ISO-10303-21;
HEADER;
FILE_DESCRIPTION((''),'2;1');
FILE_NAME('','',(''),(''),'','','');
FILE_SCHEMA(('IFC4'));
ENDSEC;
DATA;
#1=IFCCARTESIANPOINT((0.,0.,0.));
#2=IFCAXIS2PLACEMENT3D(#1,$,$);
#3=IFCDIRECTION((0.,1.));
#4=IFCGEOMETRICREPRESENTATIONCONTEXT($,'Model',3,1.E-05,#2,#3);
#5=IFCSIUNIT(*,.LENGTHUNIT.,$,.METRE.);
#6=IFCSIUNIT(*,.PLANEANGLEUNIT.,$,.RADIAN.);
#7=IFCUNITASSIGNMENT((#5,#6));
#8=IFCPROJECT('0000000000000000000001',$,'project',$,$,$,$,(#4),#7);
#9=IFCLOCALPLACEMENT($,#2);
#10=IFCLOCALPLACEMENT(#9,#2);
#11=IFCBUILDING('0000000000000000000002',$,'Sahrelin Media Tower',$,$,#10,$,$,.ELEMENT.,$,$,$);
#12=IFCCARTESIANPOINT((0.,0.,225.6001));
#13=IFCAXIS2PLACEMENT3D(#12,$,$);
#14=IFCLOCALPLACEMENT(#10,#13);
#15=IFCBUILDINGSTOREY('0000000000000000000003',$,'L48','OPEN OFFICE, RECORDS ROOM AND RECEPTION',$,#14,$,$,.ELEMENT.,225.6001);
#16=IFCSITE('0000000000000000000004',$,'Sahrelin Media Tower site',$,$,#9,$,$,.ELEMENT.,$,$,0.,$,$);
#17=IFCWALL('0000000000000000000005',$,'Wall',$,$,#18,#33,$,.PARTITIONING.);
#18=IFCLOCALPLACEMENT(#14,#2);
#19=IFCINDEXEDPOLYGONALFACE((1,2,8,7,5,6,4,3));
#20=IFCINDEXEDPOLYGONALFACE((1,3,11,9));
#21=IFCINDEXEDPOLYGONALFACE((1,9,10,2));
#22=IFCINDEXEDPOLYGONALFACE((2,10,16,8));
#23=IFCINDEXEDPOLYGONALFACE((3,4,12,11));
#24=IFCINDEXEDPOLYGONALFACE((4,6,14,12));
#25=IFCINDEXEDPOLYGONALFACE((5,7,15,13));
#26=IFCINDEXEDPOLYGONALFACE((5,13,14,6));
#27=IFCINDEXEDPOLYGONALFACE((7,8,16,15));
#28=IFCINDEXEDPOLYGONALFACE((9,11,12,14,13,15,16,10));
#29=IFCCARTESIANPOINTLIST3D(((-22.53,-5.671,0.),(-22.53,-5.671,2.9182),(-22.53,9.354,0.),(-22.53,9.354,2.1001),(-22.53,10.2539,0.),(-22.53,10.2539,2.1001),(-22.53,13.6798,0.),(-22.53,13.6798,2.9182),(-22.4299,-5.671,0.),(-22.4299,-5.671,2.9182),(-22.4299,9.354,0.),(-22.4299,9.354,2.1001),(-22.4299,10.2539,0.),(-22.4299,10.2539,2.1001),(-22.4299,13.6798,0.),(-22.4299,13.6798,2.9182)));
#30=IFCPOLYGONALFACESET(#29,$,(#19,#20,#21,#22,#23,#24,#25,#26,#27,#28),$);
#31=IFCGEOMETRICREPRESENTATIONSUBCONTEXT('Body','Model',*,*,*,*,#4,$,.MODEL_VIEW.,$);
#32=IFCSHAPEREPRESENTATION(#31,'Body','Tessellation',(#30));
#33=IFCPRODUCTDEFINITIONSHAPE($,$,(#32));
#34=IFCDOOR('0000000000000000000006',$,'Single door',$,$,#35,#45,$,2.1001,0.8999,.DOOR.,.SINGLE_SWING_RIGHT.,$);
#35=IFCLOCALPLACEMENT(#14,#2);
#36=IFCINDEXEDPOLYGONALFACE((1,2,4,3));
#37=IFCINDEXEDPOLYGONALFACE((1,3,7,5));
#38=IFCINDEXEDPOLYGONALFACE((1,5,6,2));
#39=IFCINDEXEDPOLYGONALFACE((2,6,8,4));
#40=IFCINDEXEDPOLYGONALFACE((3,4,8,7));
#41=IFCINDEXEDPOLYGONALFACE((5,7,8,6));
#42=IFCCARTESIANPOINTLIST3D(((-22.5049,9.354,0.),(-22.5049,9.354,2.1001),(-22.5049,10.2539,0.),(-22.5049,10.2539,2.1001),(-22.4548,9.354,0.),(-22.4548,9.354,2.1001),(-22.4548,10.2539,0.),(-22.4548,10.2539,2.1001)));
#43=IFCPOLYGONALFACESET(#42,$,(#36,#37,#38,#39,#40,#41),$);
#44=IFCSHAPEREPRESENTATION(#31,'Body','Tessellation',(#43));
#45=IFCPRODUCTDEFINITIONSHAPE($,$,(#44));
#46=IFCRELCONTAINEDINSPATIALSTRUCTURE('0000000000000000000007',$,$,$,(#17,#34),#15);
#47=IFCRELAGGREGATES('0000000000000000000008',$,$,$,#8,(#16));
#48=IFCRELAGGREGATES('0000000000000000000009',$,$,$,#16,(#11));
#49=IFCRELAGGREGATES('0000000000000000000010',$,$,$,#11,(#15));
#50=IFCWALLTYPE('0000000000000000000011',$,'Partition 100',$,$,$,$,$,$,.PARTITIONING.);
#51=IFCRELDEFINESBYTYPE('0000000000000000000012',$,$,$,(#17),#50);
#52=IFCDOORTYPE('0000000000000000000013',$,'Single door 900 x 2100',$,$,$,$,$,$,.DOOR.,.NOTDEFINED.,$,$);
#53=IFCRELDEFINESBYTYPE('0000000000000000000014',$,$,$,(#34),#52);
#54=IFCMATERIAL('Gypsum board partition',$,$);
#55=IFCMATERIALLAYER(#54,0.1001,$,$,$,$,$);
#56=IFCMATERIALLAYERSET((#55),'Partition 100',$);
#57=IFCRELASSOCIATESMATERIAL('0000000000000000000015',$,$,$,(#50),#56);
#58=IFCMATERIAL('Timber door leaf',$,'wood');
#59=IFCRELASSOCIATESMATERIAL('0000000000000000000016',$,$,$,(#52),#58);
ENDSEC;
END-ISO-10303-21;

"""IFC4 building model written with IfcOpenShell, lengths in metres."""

from ifc_helpers import new_model, si_unit, direction, frame, frame_2d, origin, place, context, subcontext, project, spatial, rectangle, extrude, material, layer, layer_set, type_object, element, fill, save


model = new_model("IFC4")

# Units and contexts
model_context = context("Model", 3, precision=1e-05, world=origin(), true_north=direction((0.0, 1.0)))
body_context = subcontext(model_context, "Body", "Model", "MODEL_VIEW")
ifc_project = project(units=[si_unit("LENGTHUNIT", "METRE"), si_unit("PLANEANGLEUNIT", "RADIAN")], contexts=[model_context])

# Site, building, storey
site_placement = place(None, origin())
site = spatial("IfcSite", under=ifc_project, at=site_placement, Name="Sahrelin Media Tower site", CompositionType="ELEMENT", RefElevation=0.0)
building_placement = place(site_placement, origin())
building = spatial("IfcBuilding", under=site, at=building_placement, Name="Sahrelin Media Tower", CompositionType="ELEMENT")
storey_placement = place(building_placement, frame((0.0, 0.0, 225.6001)))
storey = spatial("IfcBuildingStorey", under=building, at=storey_placement, Name="L48", Description="OPEN OFFICE, RECORDS ROOM AND RECEPTION", CompositionType="ELEMENT", Elevation=225.6001)

# Shared definitions
ifc_material_1 = material(Name="Gypsum board partition")
ifc_layer_1 = layer(ifc_material_1, 0.1001)
ifc_layer_set_1 = layer_set([ifc_layer_1], Name="Partition 100")
wall_type_1 = type_object("IfcWallType", Name="Partition 100", PredefinedType="PARTITIONING", material=ifc_layer_set_1)

# Wall, opening, door
wall_1_placement = place(storey_placement, frame((-22.48, -5.6709, 0.0), z_axis=(0.0, 0.0, 1.0), x_axis=(0.0, 1.0, 0.0)))
wall_1 = element("IfcWall", 1, at=wall_1_placement, inside=storey, type_object=wall_type_1, Name="Wall", PredefinedType="PARTITIONING", context=body_context, shape_type="SweptSolid", body=[
    extrude(rectangle(XDim=19.3508, YDim=0.1001, at=frame_2d((9.6753, 0.0))), origin(), (0.0, 0.0, 1.0), 2.9182),
])
opening_1_placement = place(wall_1_placement, frame((15.0249, 0.0, 0.0)))
opening_1 = element("IfcOpeningElement", 2, at=opening_1_placement, cuts=wall_1, PredefinedType="OPENING", context=body_context, shape_type="SweptSolid", body=[
    extrude(rectangle(XDim=0.8999, YDim=2.1001, at=frame_2d((0.45, 1.05))), frame((0.0, 0.05, 0.0), z_axis=(0.0, -1.0, 0.0), x_axis=(1.0, 0.0, 0.0)), (0.0, 0.0, 1.0), 0.1001),
])
ifc_material_2 = material(Name="Timber door leaf", Category="wood")
door_type_1 = type_object("IfcDoorType", Name="Single door 900 x 2100", OperationType="NOTDEFINED", PredefinedType="DOOR", material=ifc_material_2)
door_1_placement = place(opening_1_placement, origin())
door_1 = element("IfcDoor", 3, at=door_1_placement, inside=storey, type_object=door_type_1, Name="Single door", OperationType="SINGLE_SWING_RIGHT", OverallHeight=2.1001, OverallWidth=0.8999, PredefinedType="DOOR", context=body_context, shape_type="SweptSolid", body=[
    extrude(rectangle(XDim=0.8999, YDim=2.1001, at=frame_2d((0.45, 1.05))), frame((0.0, 0.0249, 0.0), z_axis=(0.0, -1.0, 0.0), x_axis=(1.0, 0.0, 0.0)), (0.0, 0.0, 1.0), 0.05),
])
fill(opening_1, door_1)

save(model, "model.ifc")
